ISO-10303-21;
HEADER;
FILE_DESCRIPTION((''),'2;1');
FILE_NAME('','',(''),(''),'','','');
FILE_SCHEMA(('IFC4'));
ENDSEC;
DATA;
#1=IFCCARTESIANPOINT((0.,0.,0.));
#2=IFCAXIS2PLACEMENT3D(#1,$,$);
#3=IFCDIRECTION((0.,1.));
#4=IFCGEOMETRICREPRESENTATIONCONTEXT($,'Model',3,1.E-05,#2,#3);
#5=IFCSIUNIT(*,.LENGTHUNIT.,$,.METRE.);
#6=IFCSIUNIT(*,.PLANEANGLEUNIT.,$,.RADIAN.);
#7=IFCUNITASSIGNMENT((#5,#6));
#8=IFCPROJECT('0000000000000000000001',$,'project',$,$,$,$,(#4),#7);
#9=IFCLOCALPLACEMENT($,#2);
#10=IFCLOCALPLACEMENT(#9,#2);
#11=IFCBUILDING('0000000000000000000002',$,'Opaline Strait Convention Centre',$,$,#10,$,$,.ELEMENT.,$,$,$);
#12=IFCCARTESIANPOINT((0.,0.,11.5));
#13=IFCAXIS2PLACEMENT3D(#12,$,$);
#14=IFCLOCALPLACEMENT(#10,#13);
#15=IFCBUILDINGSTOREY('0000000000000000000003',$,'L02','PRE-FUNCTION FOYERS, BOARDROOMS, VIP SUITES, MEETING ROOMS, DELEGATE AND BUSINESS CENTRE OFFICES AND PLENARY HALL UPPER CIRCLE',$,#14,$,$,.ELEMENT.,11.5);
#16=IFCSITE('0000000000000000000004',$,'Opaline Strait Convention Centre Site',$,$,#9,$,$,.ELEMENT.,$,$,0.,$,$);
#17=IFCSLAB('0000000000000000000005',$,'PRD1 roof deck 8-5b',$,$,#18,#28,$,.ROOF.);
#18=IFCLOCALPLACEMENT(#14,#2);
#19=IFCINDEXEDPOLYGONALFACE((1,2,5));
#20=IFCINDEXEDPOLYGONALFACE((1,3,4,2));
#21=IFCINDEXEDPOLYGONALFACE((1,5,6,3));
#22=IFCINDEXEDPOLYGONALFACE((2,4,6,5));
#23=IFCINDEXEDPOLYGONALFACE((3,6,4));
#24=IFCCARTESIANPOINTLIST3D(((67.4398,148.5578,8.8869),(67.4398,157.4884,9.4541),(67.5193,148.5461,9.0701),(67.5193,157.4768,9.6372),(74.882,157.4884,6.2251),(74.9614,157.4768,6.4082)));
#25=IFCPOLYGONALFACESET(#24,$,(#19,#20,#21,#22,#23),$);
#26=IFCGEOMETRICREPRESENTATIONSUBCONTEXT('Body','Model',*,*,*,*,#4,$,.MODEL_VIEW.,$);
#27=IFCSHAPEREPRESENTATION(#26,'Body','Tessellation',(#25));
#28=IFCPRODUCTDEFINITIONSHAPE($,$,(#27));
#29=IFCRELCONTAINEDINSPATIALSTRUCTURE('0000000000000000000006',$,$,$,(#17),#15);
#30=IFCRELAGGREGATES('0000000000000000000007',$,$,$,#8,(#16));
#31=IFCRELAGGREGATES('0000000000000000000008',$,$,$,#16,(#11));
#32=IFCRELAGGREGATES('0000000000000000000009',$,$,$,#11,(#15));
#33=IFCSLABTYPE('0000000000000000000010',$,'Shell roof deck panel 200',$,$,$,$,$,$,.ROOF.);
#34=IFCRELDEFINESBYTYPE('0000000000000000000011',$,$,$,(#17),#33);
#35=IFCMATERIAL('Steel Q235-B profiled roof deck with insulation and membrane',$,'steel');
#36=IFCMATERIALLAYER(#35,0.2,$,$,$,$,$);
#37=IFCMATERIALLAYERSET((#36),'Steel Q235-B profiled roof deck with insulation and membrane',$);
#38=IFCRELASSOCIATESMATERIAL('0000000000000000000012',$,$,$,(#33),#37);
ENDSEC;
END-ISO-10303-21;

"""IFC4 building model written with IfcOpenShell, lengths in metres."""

from ifc_helpers import new_model, si_unit, direction, frame, origin, place, context, subcontext, project, spatial, polyline, outline, extrude, material, layer, layer_set, type_object, element, save


model = new_model("IFC4")

# Units and contexts
model_context = context("Model", 3, precision=1e-05, world=origin(), true_north=direction((0.0, 1.0)))
body_context = subcontext(model_context, "Body", "Model", "MODEL_VIEW")
ifc_project = project(units=[si_unit("LENGTHUNIT", "METRE"), si_unit("PLANEANGLEUNIT", "RADIAN")], contexts=[model_context])

# Site, building, storey
site_placement = place(None, origin())
site = spatial("IfcSite", under=ifc_project, at=site_placement, Name="Opaline Strait Convention Centre Site", CompositionType="ELEMENT", RefElevation=0.0)
building_placement = place(site_placement, origin())
building = spatial("IfcBuilding", under=site, at=building_placement, Name="Opaline Strait Convention Centre", CompositionType="ELEMENT")
storey_placement = place(building_placement, frame((0.0, 0.0, 11.5)))
storey = spatial("IfcBuildingStorey", under=building, at=storey_placement, Name="L02", Description="PRE-FUNCTION FOYERS, BOARDROOMS, VIP SUITES, MEETING ROOMS, DELEGATE AND BUSINESS CENTRE OFFICES AND PLENARY HALL UPPER CIRCLE", CompositionType="ELEMENT", Elevation=11.5)

# Slab
ifc_material_1 = material(Name="Steel Q235-B profiled roof deck with insulation and membrane", Category="steel")
ifc_layer = layer(ifc_material_1, 0.2)
ifc_layer_set = layer_set([ifc_layer], Name="Steel Q235-B profiled roof deck with insulation and membrane")
slab_type = type_object("IfcSlabType", Name="Shell roof deck panel 200", PredefinedType="ROOF", material=ifc_layer_set)
slab_1_placement = place(storey_placement, frame((67.5193, 148.5461, 9.0701), z_axis=(0.397357, -0.058159, 0.915819), x_axis=(0.62403, 0.748844, -0.2232)))
element("IfcSlab", 1, at=slab_1_placement, inside=storey, type_object=slab_type, Name="PRD1 roof deck 8-5b", PredefinedType="ROOF", context=body_context, shape_type="SweptSolid", body=[
    extrude(outline(polyline([(0.0, 0.0), (11.9259, 0.0), (6.5611, 6.0853), (0.0, 0.0)])), origin(), (0.0, 0.0, -1.0), 0.2),
])

save(model, "model.ifc")
